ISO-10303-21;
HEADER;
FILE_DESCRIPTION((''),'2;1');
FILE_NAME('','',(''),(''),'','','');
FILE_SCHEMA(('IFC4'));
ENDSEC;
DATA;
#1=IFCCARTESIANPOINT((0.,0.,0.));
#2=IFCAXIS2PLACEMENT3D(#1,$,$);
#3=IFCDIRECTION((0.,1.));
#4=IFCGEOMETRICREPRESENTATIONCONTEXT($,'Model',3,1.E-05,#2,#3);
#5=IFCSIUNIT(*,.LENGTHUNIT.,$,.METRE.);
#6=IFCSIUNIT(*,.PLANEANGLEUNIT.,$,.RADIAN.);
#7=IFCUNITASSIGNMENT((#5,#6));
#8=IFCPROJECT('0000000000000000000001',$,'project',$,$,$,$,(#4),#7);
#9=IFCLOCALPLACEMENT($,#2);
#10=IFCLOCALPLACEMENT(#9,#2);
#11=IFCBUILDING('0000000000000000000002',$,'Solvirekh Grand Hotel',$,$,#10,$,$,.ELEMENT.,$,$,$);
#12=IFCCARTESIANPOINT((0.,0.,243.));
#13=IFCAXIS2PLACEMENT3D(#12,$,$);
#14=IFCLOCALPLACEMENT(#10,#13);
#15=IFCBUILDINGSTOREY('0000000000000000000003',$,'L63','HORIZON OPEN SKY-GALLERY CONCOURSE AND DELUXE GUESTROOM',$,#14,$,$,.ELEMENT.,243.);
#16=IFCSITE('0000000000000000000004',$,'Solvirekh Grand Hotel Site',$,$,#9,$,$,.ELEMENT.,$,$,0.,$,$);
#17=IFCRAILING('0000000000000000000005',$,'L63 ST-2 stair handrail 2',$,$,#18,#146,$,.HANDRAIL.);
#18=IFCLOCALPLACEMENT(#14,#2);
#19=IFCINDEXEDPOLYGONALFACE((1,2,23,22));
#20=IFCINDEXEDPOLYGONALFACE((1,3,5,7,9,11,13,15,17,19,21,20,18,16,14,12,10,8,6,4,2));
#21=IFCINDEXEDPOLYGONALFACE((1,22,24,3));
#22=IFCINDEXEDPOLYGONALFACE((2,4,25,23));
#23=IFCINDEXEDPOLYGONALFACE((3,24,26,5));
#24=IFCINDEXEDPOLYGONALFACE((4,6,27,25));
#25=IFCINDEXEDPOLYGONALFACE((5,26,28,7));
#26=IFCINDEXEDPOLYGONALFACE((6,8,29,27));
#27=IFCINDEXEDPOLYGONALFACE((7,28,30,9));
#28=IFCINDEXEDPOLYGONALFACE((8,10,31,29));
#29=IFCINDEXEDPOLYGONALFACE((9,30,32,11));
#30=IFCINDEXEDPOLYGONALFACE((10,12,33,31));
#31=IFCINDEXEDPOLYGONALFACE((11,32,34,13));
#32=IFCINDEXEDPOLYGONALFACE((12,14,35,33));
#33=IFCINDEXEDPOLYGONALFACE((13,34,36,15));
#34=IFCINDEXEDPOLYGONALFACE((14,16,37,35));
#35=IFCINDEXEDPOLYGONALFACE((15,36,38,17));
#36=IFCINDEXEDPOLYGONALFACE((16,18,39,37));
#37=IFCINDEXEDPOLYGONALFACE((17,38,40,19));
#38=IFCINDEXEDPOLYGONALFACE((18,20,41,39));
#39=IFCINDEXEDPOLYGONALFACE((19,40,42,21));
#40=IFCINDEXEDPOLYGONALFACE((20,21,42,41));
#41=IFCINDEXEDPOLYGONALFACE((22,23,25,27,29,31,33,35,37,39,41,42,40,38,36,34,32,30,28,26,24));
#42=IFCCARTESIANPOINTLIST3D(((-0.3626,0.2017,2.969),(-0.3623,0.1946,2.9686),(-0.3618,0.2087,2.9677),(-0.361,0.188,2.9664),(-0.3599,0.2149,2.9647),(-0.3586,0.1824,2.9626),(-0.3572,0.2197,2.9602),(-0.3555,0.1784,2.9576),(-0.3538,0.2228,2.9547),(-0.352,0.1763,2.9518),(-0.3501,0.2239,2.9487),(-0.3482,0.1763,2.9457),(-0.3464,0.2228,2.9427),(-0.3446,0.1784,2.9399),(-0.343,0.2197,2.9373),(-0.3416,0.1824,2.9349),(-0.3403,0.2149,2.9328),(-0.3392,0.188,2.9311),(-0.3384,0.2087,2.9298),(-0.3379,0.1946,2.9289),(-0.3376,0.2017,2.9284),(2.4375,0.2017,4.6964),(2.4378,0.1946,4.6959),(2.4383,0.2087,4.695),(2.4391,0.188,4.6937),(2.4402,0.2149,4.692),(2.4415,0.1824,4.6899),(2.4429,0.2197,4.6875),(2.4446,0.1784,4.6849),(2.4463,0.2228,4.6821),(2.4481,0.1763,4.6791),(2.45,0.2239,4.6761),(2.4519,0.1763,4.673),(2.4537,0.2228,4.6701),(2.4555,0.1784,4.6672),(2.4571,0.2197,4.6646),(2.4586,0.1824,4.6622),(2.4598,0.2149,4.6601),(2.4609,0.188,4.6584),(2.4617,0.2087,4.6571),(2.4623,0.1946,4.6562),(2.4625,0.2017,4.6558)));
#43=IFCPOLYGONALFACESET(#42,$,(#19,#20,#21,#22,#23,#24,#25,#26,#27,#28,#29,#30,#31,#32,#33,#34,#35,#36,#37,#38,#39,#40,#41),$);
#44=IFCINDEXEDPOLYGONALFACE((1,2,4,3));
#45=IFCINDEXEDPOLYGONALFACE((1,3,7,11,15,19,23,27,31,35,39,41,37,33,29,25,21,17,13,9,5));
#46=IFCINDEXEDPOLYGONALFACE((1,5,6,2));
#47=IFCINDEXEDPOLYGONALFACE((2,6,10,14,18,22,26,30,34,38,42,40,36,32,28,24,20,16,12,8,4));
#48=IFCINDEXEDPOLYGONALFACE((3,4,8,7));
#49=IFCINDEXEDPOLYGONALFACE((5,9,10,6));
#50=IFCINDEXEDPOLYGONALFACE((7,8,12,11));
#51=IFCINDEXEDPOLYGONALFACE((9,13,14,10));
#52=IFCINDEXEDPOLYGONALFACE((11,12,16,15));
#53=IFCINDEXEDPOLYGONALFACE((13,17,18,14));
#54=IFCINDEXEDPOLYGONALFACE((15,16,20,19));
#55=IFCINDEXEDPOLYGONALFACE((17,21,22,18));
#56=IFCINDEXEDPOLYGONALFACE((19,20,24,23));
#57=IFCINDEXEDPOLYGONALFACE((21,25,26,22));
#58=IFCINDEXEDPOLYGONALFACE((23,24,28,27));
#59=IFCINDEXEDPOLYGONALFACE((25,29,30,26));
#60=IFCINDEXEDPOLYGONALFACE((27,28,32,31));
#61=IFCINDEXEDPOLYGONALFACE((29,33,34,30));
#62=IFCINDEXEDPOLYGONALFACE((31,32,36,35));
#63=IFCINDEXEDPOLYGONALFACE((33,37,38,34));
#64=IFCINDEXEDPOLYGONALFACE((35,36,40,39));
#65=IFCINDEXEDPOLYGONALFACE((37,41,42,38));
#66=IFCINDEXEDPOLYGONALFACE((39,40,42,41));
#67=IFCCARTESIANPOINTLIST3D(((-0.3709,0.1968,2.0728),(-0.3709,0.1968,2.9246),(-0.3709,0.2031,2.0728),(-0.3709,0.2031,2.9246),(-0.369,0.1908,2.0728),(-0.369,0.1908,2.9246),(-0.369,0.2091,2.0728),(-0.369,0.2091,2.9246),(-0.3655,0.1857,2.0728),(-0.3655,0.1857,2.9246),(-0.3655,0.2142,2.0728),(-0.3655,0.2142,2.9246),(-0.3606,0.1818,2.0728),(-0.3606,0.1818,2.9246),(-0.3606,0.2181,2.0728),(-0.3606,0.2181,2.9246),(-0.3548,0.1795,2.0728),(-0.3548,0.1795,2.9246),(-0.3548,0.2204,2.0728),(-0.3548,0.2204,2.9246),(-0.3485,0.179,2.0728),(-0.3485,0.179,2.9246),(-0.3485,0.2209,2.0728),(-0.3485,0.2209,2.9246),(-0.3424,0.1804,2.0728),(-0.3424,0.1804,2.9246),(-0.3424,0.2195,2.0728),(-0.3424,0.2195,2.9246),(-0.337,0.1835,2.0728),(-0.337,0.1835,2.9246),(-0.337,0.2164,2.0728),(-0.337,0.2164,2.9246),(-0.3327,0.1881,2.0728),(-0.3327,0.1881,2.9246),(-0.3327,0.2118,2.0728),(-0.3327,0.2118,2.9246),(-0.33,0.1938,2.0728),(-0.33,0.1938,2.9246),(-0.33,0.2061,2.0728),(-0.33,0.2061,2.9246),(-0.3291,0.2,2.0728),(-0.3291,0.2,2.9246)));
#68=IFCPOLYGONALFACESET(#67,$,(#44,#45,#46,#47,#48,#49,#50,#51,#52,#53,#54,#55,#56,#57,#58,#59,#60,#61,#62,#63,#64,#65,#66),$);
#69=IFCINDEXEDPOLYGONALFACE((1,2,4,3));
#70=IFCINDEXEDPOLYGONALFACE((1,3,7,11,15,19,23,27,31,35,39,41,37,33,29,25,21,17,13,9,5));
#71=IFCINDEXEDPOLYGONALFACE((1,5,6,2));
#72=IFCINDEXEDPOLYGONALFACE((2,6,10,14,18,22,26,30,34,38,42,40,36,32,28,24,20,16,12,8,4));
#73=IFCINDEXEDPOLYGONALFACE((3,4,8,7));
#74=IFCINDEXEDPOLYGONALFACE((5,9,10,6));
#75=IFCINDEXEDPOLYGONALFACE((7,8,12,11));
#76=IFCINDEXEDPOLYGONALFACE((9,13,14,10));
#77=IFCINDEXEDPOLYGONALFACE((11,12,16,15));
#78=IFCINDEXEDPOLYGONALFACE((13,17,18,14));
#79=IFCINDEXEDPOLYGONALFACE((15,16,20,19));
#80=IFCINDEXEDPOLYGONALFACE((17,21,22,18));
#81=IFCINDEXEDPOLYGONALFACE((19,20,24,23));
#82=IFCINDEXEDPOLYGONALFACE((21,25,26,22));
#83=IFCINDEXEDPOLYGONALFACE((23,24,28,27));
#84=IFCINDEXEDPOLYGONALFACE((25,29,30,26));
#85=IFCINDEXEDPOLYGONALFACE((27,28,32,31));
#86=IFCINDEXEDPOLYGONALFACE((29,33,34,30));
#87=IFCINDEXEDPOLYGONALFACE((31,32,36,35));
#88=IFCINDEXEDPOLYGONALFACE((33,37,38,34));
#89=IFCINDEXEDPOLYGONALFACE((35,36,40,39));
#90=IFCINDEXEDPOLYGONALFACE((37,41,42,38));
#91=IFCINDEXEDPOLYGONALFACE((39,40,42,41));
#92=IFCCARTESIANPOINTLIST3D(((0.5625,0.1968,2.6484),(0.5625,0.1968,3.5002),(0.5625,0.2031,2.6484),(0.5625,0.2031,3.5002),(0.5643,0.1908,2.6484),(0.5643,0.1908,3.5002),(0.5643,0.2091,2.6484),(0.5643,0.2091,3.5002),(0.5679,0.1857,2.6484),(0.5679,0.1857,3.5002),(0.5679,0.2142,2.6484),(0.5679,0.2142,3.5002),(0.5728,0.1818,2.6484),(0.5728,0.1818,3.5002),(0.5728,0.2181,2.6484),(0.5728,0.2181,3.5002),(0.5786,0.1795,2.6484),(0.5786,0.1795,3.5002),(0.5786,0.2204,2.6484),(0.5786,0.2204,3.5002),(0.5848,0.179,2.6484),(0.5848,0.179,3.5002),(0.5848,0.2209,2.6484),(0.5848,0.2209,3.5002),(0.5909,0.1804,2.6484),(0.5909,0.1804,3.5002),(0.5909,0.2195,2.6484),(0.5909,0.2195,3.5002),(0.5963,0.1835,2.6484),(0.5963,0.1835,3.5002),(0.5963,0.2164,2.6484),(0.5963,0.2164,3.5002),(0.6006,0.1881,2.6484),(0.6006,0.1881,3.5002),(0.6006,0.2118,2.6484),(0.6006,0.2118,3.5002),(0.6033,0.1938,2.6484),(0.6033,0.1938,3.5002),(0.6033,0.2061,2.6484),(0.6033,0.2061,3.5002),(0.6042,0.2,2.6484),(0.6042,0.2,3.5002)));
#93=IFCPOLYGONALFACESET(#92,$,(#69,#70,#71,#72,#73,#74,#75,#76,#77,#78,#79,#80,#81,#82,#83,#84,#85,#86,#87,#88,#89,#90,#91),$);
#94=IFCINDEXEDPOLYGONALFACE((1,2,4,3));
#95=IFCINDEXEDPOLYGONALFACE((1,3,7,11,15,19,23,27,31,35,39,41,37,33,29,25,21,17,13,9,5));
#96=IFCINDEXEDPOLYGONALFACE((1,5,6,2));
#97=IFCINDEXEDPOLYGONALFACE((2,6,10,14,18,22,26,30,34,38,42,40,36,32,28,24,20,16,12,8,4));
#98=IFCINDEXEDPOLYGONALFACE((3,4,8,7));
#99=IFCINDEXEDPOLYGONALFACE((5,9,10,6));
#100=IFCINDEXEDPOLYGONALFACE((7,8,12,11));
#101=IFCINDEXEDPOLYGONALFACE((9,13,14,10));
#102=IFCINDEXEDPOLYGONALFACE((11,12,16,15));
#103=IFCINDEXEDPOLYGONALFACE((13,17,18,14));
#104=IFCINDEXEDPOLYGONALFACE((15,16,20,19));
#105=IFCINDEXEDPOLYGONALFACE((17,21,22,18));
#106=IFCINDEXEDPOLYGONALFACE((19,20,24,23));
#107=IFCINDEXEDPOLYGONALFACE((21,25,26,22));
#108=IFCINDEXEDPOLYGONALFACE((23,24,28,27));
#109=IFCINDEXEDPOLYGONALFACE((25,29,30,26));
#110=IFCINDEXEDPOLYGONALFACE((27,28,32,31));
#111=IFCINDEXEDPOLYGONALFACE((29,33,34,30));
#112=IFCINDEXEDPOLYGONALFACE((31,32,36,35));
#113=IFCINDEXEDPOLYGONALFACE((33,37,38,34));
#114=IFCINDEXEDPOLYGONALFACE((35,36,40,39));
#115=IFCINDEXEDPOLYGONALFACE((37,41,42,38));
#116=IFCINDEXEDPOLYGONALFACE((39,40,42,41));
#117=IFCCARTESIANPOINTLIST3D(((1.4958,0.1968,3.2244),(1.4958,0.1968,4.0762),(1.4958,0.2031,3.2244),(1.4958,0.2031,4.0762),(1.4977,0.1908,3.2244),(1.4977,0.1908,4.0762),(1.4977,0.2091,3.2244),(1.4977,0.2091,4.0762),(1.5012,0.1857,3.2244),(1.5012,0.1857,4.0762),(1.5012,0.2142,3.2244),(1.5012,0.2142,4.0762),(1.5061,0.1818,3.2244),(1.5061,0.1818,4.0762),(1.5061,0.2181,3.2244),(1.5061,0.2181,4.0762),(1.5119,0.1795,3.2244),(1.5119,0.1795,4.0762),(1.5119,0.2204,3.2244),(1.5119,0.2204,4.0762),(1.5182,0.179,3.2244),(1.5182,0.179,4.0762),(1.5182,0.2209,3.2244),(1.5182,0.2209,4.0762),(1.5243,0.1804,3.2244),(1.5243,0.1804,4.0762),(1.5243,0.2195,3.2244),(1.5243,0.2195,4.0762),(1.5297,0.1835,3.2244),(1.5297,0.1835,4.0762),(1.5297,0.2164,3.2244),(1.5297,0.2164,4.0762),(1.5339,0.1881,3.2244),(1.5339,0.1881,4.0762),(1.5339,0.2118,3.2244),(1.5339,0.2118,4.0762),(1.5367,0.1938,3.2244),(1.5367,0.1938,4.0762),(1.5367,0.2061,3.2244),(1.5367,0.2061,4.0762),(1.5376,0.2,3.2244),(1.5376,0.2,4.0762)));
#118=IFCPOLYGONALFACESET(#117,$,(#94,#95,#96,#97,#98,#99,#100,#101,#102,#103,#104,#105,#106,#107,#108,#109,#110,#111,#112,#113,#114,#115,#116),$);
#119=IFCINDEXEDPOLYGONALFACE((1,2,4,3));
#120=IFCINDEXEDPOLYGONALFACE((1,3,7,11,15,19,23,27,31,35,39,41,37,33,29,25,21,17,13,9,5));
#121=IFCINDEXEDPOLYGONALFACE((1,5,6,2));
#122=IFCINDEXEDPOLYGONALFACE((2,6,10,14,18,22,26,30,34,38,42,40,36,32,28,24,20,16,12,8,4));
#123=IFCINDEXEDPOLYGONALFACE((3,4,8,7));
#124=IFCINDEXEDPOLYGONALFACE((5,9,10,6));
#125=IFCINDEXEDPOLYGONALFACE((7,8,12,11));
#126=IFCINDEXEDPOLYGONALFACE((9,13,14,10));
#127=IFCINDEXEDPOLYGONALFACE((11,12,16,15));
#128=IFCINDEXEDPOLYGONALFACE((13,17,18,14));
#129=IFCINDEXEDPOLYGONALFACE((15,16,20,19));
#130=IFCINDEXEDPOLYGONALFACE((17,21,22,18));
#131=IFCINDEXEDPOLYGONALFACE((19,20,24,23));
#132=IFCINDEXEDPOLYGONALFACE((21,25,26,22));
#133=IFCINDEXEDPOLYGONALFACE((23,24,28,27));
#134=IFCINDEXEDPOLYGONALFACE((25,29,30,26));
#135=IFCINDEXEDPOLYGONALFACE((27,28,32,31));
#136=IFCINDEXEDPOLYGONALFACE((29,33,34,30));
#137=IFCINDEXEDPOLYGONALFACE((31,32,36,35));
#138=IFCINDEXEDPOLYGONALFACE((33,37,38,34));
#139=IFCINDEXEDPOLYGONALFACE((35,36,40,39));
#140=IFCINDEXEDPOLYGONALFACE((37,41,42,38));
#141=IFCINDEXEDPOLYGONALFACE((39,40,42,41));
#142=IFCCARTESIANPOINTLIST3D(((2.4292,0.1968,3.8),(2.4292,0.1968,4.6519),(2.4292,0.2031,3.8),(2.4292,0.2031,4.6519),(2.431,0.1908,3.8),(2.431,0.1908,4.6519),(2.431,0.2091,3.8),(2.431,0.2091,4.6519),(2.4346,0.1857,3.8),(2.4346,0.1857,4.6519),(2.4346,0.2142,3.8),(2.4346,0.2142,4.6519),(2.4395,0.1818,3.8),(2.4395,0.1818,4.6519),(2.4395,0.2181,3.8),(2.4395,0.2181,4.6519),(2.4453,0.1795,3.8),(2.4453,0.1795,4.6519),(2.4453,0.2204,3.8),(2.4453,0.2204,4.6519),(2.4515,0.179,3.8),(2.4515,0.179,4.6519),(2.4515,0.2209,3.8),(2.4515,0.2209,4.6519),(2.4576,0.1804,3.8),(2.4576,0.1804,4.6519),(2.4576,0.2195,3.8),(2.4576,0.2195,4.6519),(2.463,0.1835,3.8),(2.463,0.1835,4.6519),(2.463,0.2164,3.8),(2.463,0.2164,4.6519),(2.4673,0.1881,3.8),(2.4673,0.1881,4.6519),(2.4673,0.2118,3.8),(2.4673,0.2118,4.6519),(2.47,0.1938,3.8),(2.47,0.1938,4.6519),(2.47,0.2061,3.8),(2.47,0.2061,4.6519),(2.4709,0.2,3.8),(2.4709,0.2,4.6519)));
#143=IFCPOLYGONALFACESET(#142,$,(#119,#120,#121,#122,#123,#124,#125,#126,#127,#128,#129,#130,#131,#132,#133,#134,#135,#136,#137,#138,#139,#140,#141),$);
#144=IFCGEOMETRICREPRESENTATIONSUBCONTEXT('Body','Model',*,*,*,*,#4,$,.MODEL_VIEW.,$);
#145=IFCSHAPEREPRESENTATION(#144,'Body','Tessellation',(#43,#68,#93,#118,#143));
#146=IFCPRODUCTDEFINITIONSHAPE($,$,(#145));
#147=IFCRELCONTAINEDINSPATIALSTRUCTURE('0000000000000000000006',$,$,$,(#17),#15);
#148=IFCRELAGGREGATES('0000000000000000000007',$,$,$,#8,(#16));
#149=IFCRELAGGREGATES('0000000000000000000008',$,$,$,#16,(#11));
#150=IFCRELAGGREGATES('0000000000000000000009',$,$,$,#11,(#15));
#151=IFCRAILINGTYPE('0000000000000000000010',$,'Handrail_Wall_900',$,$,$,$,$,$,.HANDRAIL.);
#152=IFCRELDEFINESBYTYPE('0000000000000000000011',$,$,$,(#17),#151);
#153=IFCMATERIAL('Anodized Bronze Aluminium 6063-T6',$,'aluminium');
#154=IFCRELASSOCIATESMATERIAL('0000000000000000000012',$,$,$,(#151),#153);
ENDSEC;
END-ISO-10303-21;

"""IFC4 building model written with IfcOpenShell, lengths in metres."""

from ifc_helpers import new_model, si_unit, direction, frame, origin, origin_2d, place, context, subcontext, project, spatial, circle, extrude, material, type_object, element, save


model = new_model("IFC4")

# Units and contexts
model_context = context("Model", 3, precision=1e-05, world=origin(), true_north=direction((0.0, 1.0)))
body_context = subcontext(model_context, "Body", "Model", "MODEL_VIEW")
ifc_project = project(units=[si_unit("LENGTHUNIT", "METRE"), si_unit("PLANEANGLEUNIT", "RADIAN")], contexts=[model_context])

# Site, building, storey
site_placement = place(None, origin())
site = spatial("IfcSite", under=ifc_project, at=site_placement, Name="Solvirekh Grand Hotel Site", CompositionType="ELEMENT", RefElevation=0.0)
building_placement = place(site_placement, origin())
building = spatial("IfcBuilding", under=site, at=building_placement, Name="Solvirekh Grand Hotel", CompositionType="ELEMENT")
storey_placement = place(building_placement, frame((0.0, 0.0, 243.0)))
storey = spatial("IfcBuildingStorey", under=building, at=storey_placement, Name="L63", Description="HORIZON OPEN SKY-GALLERY CONCOURSE AND DELUXE GUESTROOM", CompositionType="ELEMENT", Elevation=243.0)

# Shared definitions
ifc_material_1 = material(Name="Anodized Bronze Aluminium 6063-T6", Category="aluminium")

# Railing
railing_type_1 = type_object("IfcRailingType", Name="Handrail_Wall_900", PredefinedType="HANDRAIL", material=ifc_material_1)
for number, where, name in (
    (1, (-0.3501, 0.2, 2.0728), "L63 ST-2 stair handrail 2"),
):
    element("IfcRailing", number, at=place(storey_placement, frame(where)), inside=storey, type_object=railing_type_1, Name=name, PredefinedType="HANDRAIL", context=body_context, shape_type="SweptSolid", body=[
        extrude(circle(Radius=0.0239, at=origin_2d()), frame((0.0, 0.0, 0.876), z_axis=(0.85109, 0.0, 0.52502), x_axis=(0.0, 1.0, 0.0)), (0.0, 0.0, 1.0), 3.29),
        extrude(circle(Radius=0.021, at=origin_2d()), origin(), (0.0, 0.0, 1.0), 0.8518),
        extrude(circle(Radius=0.021, at=origin_2d()), frame((0.9333, 0.0, 0.5757)), (0.0, 0.0, 1.0), 0.8518),
        extrude(circle(Radius=0.021, at=origin_2d()), frame((1.8667, 0.0, 1.1516)), (0.0, 0.0, 1.0), 0.8518),
        extrude(circle(Radius=0.021, at=origin_2d()), frame((2.8, 0.0, 1.7273)), (0.0, 0.0, 1.0), 0.8518),
    ])

save(model, "model.ifc")
